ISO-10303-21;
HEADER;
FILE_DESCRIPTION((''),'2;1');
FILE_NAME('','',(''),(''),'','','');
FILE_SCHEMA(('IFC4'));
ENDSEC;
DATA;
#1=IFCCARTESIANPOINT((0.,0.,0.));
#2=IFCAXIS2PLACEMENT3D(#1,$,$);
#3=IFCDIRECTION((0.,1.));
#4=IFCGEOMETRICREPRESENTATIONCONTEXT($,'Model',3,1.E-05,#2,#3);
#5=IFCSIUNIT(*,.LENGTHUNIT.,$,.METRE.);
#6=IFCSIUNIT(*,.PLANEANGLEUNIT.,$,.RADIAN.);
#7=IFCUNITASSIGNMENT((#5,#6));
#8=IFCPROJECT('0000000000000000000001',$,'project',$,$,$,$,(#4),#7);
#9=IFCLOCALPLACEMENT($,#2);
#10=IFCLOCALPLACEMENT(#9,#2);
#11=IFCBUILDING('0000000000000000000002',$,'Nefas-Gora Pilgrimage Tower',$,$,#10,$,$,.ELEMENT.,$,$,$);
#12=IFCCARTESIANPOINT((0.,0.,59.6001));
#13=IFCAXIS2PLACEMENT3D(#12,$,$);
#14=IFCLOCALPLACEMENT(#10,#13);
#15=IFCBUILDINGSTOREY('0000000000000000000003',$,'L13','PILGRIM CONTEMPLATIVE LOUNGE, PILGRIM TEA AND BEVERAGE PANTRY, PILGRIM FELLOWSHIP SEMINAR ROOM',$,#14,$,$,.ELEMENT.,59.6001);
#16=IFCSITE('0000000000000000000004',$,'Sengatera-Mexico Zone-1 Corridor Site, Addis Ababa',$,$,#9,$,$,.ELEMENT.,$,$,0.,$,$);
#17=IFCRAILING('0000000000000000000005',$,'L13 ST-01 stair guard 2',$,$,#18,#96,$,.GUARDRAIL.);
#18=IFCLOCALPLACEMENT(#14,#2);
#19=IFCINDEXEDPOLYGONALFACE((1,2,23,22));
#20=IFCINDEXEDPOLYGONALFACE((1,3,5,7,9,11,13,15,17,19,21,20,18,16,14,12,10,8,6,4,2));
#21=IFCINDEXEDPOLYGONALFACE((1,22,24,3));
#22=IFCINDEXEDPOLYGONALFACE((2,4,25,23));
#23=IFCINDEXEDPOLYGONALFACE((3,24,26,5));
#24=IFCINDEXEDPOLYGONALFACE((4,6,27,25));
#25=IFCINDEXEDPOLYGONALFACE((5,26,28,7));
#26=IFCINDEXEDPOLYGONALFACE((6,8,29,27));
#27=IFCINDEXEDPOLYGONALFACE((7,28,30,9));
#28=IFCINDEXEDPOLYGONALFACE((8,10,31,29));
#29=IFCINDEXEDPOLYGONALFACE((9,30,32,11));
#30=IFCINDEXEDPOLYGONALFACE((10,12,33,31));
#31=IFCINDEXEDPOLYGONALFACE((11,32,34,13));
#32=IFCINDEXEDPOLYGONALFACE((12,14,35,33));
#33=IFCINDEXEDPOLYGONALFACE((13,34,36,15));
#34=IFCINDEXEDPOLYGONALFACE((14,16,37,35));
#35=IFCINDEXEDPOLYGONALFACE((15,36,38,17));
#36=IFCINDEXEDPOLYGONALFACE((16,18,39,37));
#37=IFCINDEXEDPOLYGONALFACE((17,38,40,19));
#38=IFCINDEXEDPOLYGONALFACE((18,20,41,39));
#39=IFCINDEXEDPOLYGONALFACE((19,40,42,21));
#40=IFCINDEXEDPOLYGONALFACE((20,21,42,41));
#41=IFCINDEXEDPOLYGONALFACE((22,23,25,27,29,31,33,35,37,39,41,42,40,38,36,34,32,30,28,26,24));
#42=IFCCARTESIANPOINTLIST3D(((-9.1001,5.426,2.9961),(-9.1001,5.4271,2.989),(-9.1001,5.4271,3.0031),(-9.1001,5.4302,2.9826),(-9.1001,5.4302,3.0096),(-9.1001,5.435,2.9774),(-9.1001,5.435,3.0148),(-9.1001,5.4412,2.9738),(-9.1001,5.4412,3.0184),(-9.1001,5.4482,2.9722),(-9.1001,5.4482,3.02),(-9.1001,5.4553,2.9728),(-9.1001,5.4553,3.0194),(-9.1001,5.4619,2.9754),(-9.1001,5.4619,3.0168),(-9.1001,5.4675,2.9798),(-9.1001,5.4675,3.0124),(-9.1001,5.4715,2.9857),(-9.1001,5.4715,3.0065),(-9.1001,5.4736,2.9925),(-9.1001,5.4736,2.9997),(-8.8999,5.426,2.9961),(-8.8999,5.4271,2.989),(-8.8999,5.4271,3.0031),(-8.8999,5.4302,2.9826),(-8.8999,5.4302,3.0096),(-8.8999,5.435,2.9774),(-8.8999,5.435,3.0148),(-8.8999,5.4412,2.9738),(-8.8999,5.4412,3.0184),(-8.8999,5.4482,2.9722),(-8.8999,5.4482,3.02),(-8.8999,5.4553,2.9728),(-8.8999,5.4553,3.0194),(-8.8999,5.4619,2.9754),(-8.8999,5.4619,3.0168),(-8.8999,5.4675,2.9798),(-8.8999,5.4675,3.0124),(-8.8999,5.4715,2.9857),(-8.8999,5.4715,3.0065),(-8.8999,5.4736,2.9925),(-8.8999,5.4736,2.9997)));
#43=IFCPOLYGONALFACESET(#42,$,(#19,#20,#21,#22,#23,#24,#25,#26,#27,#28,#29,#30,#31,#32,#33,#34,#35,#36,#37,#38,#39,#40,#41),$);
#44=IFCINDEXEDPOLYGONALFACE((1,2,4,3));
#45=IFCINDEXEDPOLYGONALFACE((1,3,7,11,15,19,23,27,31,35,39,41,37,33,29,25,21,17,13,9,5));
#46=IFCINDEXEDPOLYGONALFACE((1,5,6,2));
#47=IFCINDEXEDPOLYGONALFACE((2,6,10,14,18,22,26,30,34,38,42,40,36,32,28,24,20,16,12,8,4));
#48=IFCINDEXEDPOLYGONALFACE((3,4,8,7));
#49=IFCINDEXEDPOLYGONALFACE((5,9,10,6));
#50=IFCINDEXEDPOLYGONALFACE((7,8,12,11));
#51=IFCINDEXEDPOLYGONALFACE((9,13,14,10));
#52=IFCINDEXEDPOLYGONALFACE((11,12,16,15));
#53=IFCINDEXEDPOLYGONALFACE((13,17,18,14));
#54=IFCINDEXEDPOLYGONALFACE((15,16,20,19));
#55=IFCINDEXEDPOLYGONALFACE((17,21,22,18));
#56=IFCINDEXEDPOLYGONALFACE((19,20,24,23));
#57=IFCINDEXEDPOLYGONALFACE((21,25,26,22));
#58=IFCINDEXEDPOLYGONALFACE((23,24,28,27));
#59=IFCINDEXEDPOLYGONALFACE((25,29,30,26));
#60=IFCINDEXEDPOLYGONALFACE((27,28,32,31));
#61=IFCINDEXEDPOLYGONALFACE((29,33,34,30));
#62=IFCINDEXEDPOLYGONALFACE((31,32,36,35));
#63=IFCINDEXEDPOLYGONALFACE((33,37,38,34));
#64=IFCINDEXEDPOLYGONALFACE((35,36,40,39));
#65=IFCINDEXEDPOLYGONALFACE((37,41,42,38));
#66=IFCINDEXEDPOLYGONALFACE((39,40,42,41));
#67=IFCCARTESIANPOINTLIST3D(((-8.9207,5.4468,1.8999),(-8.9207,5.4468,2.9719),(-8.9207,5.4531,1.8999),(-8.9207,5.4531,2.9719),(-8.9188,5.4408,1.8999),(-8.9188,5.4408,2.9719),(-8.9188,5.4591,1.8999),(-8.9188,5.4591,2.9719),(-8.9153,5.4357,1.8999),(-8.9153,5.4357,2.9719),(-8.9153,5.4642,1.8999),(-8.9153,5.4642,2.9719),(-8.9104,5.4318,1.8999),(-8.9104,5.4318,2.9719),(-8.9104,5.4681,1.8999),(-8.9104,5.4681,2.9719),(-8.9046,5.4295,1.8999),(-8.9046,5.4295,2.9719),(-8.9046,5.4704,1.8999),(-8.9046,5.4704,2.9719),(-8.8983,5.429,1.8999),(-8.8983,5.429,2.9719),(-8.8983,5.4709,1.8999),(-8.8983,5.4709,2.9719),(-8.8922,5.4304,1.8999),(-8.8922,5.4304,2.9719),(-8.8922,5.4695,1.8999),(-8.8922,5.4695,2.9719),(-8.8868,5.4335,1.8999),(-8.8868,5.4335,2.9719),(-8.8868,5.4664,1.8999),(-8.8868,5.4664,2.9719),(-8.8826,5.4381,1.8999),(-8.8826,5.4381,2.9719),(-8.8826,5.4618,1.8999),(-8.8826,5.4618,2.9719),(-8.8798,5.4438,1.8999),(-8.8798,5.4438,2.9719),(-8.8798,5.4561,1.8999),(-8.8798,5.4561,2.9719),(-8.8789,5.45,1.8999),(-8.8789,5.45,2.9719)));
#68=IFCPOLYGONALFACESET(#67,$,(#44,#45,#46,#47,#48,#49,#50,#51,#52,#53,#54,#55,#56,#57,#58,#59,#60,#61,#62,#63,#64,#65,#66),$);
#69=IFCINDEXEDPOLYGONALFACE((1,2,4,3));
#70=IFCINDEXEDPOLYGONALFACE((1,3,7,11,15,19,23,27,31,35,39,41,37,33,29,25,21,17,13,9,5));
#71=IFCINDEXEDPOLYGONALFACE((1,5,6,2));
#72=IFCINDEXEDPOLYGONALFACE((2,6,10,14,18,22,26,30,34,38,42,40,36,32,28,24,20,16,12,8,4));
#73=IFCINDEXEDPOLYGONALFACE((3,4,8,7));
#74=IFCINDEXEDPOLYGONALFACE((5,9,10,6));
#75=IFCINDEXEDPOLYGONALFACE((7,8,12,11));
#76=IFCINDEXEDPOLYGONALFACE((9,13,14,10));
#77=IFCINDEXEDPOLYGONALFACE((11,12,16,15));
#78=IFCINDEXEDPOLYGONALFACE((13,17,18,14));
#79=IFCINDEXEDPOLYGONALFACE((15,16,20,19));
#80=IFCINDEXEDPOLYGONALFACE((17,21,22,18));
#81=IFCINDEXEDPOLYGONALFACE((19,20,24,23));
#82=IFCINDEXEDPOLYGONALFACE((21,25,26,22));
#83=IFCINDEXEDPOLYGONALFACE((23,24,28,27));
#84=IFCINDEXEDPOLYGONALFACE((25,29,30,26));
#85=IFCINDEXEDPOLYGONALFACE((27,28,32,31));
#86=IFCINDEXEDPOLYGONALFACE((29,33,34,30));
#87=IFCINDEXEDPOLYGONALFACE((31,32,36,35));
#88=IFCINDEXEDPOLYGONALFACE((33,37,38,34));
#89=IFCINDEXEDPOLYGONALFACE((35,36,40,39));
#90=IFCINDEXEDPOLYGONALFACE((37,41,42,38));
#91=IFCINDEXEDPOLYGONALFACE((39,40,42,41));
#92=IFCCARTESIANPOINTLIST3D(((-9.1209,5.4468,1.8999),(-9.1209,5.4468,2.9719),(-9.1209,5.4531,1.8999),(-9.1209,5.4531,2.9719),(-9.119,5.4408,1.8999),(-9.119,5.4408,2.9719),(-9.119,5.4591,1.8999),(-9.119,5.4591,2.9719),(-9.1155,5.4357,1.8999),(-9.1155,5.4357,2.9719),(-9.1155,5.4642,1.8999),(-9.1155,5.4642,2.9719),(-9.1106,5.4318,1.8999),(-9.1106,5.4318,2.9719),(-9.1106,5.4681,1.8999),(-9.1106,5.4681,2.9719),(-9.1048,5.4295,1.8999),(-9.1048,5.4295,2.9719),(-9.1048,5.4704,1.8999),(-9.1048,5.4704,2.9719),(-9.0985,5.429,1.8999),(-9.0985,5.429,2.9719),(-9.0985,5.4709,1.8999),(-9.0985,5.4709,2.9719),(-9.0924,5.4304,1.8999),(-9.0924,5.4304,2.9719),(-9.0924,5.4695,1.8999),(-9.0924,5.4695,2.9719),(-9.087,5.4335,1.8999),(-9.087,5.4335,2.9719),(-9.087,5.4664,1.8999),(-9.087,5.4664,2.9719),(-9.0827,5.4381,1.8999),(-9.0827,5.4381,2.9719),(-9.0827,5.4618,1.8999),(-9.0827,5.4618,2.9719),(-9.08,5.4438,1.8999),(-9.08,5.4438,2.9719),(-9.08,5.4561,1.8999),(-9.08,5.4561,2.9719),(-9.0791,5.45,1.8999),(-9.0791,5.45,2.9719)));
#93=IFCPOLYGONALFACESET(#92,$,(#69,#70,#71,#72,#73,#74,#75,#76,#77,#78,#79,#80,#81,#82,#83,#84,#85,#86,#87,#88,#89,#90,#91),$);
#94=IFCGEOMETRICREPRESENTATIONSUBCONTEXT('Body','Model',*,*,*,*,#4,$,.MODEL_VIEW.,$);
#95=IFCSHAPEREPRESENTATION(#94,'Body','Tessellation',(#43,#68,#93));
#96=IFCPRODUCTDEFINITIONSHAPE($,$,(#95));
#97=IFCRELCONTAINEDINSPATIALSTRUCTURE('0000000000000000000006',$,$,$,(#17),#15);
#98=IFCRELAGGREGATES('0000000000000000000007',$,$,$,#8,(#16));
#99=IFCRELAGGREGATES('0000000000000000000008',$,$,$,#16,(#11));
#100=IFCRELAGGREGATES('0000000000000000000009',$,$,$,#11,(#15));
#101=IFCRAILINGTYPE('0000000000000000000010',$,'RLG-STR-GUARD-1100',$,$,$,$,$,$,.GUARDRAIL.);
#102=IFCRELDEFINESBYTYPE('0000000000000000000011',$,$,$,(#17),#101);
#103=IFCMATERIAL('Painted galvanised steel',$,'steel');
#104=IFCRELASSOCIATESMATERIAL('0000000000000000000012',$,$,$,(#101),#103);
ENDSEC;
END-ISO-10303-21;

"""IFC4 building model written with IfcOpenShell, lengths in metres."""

from ifc_helpers import new_model, si_unit, direction, frame, origin, origin_2d, place, context, subcontext, project, spatial, circle, extrude, material, type_object, element, save


model = new_model("IFC4")

# Units and contexts
model_context = context("Model", 3, precision=1e-05, world=origin(), true_north=direction((0.0, 1.0)))
body_context = subcontext(model_context, "Body", "Model", "MODEL_VIEW")
ifc_project = project(units=[si_unit("LENGTHUNIT", "METRE"), si_unit("PLANEANGLEUNIT", "RADIAN")], contexts=[model_context])

# Site, building, storey
site_placement = place(None, origin())
site = spatial("IfcSite", under=ifc_project, at=site_placement, Name="Sengatera-Mexico Zone-1 Corridor Site, Addis Ababa", CompositionType="ELEMENT", RefElevation=0.0)
building_placement = place(site_placement, origin())
building = spatial("IfcBuilding", under=site, at=building_placement, Name="Nefas-Gora Pilgrimage Tower", CompositionType="ELEMENT")
storey_placement = place(building_placement, frame((0.0, 0.0, 59.6001)))
storey = spatial("IfcBuildingStorey", under=building, at=storey_placement, Name="L13", Description="PILGRIM CONTEMPLATIVE LOUNGE, PILGRIM TEA AND BEVERAGE PANTRY, PILGRIM FELLOWSHIP SEMINAR ROOM", CompositionType="ELEMENT", Elevation=59.6001)

# Railing
ifc_material_1 = material(Name="Painted galvanised steel", Category="steel")
railing_type_1 = type_object("IfcRailingType", Name="RLG-STR-GUARD-1100", PredefinedType="GUARDRAIL", material=ifc_material_1)
railing_1_placement = place(storey_placement, frame((-8.8999, 5.45, 1.8999)))
element("IfcRailing", 1, at=railing_1_placement, inside=storey, type_object=railing_type_1, Name="L13 ST-01 stair guard 2", PredefinedType="GUARDRAIL", context=body_context, shape_type="SweptSolid", body=[
    extrude(circle(Radius=0.0239, at=origin_2d()), frame((0.0, 0.0, 1.0962), z_axis=(-1.0, 0.0, 0.0), x_axis=(0.0, -1.0, 0.0)), (0.0, 0.0, 1.0), 0.2002),
    extrude(circle(Radius=0.021, at=origin_2d()), origin(), (0.0, 0.0, 1.0), 1.072),
    extrude(circle(Radius=0.021, at=origin_2d()), frame((-0.2002, 0.0, 0.0)), (0.0, 0.0, 1.0), 1.072),
])

save(model, "model.ifc")
